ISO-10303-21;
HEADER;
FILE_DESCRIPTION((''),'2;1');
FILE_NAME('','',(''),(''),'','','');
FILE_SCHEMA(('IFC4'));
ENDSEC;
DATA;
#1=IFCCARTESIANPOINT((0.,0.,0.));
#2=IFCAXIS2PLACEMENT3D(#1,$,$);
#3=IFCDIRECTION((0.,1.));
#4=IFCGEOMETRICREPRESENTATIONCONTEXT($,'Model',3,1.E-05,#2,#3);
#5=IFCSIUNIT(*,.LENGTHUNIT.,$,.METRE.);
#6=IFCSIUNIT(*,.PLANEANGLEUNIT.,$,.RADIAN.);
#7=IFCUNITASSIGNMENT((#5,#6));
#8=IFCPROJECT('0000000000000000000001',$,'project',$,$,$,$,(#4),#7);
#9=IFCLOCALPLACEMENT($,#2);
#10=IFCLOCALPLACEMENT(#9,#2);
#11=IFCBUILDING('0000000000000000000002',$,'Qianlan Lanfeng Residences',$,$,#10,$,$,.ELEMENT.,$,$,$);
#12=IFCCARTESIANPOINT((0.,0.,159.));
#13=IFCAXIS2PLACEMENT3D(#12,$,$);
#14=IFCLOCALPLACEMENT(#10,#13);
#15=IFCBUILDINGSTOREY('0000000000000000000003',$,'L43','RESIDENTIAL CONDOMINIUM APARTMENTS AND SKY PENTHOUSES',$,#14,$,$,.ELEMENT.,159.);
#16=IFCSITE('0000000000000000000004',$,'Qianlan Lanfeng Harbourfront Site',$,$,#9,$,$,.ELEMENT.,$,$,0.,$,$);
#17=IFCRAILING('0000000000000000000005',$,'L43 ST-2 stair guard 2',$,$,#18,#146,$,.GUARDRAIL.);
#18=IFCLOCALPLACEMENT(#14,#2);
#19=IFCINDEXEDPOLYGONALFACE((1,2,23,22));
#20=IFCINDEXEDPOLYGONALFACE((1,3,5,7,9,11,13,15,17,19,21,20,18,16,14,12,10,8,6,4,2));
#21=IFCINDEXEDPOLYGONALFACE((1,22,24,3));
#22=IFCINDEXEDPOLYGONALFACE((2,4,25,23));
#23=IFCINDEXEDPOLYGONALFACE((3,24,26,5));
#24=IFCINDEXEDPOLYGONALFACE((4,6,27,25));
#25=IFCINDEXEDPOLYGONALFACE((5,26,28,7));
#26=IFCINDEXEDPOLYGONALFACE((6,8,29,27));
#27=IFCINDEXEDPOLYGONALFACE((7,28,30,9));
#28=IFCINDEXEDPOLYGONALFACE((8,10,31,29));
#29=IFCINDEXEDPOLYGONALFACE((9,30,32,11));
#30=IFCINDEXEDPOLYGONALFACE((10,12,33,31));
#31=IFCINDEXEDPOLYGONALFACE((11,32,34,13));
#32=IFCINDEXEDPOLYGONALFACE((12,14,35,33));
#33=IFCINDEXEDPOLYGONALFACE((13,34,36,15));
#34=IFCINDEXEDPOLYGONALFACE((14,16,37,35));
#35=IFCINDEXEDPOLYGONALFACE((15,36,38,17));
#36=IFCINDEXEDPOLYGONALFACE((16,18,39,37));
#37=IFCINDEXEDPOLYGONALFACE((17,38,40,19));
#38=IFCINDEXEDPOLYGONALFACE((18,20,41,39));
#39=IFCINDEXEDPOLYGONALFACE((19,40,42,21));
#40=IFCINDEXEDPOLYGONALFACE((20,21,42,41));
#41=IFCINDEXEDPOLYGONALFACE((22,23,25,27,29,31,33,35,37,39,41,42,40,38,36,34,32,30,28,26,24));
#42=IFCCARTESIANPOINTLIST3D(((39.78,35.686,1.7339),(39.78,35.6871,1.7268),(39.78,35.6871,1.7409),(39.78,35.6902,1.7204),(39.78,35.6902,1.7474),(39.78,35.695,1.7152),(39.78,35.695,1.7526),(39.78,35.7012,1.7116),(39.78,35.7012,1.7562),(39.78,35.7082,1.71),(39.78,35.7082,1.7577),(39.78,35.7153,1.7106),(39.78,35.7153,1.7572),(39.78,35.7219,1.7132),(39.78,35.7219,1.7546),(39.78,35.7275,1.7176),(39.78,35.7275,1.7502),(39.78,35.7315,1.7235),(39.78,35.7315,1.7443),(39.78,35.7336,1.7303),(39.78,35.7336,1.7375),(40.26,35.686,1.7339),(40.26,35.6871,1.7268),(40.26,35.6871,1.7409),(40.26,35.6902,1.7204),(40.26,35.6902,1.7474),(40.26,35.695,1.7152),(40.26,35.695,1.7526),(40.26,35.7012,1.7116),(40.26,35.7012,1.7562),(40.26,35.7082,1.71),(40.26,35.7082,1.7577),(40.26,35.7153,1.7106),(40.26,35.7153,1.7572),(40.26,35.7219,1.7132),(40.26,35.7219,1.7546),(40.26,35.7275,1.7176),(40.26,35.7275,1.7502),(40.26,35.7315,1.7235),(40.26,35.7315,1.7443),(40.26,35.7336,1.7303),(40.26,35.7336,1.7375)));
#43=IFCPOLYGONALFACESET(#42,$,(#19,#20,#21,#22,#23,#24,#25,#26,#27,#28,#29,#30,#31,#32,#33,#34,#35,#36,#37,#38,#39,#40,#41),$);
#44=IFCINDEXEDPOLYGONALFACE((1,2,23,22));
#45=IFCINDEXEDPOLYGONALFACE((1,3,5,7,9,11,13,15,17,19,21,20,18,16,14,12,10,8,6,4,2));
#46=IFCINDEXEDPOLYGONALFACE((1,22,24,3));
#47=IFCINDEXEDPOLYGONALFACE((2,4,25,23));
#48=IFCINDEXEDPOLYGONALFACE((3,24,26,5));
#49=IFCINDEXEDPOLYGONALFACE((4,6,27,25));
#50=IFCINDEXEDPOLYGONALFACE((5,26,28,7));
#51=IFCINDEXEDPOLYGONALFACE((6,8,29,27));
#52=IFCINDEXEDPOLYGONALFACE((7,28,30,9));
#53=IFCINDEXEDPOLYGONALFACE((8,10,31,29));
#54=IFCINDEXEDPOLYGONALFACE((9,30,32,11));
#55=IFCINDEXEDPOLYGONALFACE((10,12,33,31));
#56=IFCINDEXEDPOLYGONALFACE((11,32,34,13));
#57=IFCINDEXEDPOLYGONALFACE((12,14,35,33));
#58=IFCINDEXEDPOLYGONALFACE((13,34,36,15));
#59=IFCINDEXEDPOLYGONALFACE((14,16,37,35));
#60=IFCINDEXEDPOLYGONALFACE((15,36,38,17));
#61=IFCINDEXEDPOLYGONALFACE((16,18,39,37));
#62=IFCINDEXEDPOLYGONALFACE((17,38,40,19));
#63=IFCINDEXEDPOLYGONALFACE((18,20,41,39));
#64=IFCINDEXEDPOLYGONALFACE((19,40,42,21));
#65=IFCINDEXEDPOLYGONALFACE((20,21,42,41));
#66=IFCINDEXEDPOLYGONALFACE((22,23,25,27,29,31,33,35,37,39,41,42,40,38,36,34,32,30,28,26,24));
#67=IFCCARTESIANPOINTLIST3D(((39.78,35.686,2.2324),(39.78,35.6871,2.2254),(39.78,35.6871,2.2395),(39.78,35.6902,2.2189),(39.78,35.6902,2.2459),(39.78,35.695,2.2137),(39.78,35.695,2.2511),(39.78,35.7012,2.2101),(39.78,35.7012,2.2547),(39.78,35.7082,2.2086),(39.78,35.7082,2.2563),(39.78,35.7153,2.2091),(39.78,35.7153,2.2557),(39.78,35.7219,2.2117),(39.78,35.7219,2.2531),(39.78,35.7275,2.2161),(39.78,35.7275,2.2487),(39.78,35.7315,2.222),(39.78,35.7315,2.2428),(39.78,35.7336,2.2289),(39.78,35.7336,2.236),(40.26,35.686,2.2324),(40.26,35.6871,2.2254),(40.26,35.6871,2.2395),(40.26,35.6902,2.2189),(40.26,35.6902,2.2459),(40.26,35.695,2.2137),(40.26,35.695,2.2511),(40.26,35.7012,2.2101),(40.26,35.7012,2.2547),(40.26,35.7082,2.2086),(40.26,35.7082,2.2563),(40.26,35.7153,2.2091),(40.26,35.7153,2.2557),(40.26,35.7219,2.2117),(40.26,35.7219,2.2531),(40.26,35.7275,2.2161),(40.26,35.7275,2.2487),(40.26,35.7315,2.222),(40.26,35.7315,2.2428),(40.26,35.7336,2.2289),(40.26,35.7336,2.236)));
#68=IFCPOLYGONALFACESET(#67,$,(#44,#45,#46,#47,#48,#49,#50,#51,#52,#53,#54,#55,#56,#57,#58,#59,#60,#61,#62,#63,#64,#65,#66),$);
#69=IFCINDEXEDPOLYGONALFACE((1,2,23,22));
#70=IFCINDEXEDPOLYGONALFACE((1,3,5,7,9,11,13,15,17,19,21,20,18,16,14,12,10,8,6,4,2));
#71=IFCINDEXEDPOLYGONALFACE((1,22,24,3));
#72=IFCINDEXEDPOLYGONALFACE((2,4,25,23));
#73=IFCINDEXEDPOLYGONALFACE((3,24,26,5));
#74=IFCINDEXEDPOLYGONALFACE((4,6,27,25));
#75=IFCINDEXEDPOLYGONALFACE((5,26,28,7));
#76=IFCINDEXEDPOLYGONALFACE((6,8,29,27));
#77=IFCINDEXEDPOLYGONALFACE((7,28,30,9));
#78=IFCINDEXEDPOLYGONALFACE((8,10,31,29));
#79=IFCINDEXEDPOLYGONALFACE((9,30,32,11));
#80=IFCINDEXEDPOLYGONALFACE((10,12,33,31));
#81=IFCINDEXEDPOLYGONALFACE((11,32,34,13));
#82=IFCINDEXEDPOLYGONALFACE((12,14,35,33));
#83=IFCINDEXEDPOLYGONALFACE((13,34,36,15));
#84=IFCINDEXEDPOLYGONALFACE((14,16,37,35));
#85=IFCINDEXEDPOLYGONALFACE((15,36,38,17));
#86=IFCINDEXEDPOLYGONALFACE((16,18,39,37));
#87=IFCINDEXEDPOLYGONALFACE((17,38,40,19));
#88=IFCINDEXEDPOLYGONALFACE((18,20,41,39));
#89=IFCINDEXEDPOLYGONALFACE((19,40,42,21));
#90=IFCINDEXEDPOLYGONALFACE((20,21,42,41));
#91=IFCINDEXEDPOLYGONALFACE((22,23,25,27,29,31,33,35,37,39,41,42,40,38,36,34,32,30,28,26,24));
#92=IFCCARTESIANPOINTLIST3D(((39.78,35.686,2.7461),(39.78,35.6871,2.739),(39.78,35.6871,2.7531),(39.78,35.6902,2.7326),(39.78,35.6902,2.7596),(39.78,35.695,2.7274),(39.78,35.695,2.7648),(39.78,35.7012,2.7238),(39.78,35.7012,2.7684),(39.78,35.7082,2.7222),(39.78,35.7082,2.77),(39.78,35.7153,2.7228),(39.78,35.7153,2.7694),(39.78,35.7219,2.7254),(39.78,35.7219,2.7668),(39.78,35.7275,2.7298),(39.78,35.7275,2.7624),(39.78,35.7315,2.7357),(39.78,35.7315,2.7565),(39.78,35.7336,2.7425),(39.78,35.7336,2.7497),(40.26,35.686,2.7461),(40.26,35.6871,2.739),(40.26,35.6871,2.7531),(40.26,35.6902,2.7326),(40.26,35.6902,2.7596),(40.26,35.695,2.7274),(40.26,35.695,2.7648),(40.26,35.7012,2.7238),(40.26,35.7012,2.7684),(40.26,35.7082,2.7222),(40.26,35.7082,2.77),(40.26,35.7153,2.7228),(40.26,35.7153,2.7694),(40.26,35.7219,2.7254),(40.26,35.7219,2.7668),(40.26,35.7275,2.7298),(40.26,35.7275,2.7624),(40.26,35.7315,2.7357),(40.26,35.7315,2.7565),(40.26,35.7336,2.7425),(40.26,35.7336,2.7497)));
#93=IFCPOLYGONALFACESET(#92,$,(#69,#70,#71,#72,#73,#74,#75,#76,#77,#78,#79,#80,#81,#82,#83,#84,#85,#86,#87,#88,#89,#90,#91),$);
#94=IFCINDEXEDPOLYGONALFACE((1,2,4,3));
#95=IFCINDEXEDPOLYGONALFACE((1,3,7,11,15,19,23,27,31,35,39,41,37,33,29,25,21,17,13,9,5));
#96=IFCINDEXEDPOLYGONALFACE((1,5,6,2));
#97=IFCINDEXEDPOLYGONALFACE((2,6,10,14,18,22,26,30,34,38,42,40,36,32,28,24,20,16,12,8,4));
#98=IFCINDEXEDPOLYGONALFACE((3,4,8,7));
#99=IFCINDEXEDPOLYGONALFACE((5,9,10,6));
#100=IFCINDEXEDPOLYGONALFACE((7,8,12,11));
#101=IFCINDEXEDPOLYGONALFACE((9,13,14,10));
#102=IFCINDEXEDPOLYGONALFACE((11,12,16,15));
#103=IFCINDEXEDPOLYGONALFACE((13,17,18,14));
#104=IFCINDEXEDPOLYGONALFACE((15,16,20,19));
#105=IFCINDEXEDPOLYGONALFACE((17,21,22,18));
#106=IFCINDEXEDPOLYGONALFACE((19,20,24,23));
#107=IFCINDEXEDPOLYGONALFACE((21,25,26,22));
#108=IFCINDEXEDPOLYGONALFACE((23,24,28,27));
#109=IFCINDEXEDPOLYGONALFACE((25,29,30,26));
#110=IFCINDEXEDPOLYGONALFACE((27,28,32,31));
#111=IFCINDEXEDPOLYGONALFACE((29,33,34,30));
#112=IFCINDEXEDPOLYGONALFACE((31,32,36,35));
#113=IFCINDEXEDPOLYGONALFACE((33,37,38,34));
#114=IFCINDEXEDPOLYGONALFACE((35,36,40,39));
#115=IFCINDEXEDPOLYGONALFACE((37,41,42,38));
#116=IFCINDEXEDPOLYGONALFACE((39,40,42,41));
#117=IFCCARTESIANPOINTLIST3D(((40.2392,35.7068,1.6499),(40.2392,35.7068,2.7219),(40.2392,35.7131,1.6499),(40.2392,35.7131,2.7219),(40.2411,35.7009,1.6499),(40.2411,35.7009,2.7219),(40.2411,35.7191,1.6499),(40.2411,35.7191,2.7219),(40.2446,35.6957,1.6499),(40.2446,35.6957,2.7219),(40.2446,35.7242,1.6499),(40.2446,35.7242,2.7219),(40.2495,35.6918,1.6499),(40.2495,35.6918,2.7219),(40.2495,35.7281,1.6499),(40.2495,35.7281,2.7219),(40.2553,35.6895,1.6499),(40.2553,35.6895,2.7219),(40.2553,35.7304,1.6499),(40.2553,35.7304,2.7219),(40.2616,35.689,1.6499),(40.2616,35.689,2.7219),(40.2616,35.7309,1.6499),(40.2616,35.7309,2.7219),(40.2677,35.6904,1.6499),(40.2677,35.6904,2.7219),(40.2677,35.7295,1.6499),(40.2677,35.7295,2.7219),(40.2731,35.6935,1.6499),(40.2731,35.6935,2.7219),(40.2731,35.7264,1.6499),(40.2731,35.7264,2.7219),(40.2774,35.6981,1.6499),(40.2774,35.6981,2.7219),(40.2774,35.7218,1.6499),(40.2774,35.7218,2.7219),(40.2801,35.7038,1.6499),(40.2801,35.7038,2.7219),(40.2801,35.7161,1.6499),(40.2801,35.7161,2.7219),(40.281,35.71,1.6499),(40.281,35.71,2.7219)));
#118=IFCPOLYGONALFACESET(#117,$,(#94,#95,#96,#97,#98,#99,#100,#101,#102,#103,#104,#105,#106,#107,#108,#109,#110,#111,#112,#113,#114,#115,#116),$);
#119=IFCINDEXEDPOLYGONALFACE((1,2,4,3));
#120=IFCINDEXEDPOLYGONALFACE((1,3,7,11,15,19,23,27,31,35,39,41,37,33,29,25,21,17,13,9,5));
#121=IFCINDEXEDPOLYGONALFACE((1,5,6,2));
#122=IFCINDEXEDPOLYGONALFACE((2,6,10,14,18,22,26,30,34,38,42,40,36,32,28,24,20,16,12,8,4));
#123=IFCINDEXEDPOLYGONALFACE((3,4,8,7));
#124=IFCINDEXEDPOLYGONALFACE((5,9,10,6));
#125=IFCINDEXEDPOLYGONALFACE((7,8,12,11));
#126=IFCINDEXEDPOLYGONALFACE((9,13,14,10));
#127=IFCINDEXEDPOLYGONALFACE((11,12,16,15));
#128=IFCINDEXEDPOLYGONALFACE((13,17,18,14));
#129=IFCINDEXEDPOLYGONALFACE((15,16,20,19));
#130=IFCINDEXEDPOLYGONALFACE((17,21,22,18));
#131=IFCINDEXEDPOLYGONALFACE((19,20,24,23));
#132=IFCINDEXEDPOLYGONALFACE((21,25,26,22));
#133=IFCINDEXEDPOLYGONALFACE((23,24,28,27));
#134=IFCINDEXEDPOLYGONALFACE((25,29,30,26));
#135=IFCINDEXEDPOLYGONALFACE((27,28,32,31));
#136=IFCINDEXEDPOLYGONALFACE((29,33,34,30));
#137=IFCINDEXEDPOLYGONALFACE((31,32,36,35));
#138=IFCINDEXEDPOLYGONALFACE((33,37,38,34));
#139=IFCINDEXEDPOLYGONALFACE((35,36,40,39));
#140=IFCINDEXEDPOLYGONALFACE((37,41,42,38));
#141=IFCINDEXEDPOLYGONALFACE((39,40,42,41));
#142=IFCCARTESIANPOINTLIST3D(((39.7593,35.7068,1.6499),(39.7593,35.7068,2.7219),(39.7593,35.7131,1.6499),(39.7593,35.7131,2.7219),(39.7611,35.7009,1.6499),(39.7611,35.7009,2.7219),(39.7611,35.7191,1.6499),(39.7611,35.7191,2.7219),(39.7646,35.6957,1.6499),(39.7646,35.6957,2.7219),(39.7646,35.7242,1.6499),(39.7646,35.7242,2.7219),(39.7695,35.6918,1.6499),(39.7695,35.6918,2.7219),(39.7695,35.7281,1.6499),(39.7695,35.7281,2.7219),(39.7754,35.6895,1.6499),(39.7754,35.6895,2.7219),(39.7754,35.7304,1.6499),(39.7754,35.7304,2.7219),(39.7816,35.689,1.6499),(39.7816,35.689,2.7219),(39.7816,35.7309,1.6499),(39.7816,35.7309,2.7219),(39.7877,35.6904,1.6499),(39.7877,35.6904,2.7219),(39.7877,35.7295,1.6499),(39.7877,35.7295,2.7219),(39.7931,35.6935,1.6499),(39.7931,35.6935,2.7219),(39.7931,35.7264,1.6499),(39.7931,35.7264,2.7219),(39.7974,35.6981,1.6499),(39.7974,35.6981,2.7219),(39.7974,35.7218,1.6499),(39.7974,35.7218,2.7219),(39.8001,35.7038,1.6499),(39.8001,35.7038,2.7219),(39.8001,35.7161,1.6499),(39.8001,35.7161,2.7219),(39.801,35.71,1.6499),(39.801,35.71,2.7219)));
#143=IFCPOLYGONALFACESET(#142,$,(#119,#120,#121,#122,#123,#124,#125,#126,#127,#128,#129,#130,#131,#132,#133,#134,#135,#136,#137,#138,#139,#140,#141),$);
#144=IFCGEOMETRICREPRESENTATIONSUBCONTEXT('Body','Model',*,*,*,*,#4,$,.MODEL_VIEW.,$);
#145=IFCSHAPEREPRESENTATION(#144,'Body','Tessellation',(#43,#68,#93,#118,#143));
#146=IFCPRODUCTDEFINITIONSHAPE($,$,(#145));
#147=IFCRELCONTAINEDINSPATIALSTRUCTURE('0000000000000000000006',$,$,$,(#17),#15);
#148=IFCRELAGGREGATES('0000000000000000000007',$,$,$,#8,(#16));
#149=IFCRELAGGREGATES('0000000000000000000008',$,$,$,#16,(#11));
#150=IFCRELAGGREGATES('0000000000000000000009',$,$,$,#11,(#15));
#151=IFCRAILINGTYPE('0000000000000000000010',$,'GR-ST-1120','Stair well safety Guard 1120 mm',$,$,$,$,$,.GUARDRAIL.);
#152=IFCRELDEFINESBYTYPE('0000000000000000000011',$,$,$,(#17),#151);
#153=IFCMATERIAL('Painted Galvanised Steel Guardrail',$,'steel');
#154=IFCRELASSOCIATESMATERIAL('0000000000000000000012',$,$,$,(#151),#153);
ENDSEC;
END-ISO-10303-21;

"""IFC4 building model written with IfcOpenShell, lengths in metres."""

from ifc_helpers import new_model, si_unit, direction, frame, origin, origin_2d, place, context, subcontext, project, spatial, circle, extrude, material, type_object, element, save


model = new_model("IFC4")

# Units and contexts
model_context = context("Model", 3, precision=1e-05, world=origin(), true_north=direction((0.0, 1.0)))
body_context = subcontext(model_context, "Body", "Model", "MODEL_VIEW")
ifc_project = project(units=[si_unit("LENGTHUNIT", "METRE"), si_unit("PLANEANGLEUNIT", "RADIAN")], contexts=[model_context])

# Site, building, storey
site_placement = place(None, origin())
site = spatial("IfcSite", under=ifc_project, at=site_placement, Name="Qianlan Lanfeng Harbourfront Site", CompositionType="ELEMENT", RefElevation=0.0)
building_placement = place(site_placement, origin())
building = spatial("IfcBuilding", under=site, at=building_placement, Name="Qianlan Lanfeng Residences", CompositionType="ELEMENT")
storey_placement = place(building_placement, frame((0.0, 0.0, 159.0)))
storey = spatial("IfcBuildingStorey", under=building, at=storey_placement, Name="L43", Description="RESIDENTIAL CONDOMINIUM APARTMENTS AND SKY PENTHOUSES", CompositionType="ELEMENT", Elevation=159.0)

# Railing
ifc_material_1 = material(Name="Painted Galvanised Steel Guardrail", Category="steel")
railing_type_1 = type_object("IfcRailingType", Name="GR-ST-1120", Description="Stair well safety Guard 1120 mm", PredefinedType="GUARDRAIL", material=ifc_material_1)
railing_1_placement = place(storey_placement, frame((40.26, 35.71, 1.6499)))
element("IfcRailing", 1, at=railing_1_placement, inside=storey, type_object=railing_type_1, Name="L43 ST-2 stair guard 2", PredefinedType="GUARDRAIL", context=body_context, shape_type="SweptSolid", body=[
    extrude(circle(Radius=0.0239, at=origin_2d()), frame((0.0, 0.0, 0.084), z_axis=(-1.0, 0.0, 0.0), x_axis=(0.0, -1.0, 0.0)), (0.0, 0.0, 1.0), 0.48),
    extrude(circle(Radius=0.0239, at=origin_2d()), frame((0.0, 0.0, 0.5825), z_axis=(-1.0, 0.0, 0.0), x_axis=(0.0, -1.0, 0.0)), (0.0, 0.0, 1.0), 0.48),
    extrude(circle(Radius=0.0239, at=origin_2d()), frame((0.0, 0.0, 1.0962), z_axis=(-1.0, 0.0, 0.0), x_axis=(0.0, -1.0, 0.0)), (0.0, 0.0, 1.0), 0.48),
    extrude(circle(Radius=0.021, at=origin_2d()), origin(), (0.0, 0.0, 1.0), 1.072),
    extrude(circle(Radius=0.021, at=origin_2d()), frame((-0.48, 0.0, 0.0)), (0.0, 0.0, 1.0), 1.072),
])

save(model, "model.ifc")
